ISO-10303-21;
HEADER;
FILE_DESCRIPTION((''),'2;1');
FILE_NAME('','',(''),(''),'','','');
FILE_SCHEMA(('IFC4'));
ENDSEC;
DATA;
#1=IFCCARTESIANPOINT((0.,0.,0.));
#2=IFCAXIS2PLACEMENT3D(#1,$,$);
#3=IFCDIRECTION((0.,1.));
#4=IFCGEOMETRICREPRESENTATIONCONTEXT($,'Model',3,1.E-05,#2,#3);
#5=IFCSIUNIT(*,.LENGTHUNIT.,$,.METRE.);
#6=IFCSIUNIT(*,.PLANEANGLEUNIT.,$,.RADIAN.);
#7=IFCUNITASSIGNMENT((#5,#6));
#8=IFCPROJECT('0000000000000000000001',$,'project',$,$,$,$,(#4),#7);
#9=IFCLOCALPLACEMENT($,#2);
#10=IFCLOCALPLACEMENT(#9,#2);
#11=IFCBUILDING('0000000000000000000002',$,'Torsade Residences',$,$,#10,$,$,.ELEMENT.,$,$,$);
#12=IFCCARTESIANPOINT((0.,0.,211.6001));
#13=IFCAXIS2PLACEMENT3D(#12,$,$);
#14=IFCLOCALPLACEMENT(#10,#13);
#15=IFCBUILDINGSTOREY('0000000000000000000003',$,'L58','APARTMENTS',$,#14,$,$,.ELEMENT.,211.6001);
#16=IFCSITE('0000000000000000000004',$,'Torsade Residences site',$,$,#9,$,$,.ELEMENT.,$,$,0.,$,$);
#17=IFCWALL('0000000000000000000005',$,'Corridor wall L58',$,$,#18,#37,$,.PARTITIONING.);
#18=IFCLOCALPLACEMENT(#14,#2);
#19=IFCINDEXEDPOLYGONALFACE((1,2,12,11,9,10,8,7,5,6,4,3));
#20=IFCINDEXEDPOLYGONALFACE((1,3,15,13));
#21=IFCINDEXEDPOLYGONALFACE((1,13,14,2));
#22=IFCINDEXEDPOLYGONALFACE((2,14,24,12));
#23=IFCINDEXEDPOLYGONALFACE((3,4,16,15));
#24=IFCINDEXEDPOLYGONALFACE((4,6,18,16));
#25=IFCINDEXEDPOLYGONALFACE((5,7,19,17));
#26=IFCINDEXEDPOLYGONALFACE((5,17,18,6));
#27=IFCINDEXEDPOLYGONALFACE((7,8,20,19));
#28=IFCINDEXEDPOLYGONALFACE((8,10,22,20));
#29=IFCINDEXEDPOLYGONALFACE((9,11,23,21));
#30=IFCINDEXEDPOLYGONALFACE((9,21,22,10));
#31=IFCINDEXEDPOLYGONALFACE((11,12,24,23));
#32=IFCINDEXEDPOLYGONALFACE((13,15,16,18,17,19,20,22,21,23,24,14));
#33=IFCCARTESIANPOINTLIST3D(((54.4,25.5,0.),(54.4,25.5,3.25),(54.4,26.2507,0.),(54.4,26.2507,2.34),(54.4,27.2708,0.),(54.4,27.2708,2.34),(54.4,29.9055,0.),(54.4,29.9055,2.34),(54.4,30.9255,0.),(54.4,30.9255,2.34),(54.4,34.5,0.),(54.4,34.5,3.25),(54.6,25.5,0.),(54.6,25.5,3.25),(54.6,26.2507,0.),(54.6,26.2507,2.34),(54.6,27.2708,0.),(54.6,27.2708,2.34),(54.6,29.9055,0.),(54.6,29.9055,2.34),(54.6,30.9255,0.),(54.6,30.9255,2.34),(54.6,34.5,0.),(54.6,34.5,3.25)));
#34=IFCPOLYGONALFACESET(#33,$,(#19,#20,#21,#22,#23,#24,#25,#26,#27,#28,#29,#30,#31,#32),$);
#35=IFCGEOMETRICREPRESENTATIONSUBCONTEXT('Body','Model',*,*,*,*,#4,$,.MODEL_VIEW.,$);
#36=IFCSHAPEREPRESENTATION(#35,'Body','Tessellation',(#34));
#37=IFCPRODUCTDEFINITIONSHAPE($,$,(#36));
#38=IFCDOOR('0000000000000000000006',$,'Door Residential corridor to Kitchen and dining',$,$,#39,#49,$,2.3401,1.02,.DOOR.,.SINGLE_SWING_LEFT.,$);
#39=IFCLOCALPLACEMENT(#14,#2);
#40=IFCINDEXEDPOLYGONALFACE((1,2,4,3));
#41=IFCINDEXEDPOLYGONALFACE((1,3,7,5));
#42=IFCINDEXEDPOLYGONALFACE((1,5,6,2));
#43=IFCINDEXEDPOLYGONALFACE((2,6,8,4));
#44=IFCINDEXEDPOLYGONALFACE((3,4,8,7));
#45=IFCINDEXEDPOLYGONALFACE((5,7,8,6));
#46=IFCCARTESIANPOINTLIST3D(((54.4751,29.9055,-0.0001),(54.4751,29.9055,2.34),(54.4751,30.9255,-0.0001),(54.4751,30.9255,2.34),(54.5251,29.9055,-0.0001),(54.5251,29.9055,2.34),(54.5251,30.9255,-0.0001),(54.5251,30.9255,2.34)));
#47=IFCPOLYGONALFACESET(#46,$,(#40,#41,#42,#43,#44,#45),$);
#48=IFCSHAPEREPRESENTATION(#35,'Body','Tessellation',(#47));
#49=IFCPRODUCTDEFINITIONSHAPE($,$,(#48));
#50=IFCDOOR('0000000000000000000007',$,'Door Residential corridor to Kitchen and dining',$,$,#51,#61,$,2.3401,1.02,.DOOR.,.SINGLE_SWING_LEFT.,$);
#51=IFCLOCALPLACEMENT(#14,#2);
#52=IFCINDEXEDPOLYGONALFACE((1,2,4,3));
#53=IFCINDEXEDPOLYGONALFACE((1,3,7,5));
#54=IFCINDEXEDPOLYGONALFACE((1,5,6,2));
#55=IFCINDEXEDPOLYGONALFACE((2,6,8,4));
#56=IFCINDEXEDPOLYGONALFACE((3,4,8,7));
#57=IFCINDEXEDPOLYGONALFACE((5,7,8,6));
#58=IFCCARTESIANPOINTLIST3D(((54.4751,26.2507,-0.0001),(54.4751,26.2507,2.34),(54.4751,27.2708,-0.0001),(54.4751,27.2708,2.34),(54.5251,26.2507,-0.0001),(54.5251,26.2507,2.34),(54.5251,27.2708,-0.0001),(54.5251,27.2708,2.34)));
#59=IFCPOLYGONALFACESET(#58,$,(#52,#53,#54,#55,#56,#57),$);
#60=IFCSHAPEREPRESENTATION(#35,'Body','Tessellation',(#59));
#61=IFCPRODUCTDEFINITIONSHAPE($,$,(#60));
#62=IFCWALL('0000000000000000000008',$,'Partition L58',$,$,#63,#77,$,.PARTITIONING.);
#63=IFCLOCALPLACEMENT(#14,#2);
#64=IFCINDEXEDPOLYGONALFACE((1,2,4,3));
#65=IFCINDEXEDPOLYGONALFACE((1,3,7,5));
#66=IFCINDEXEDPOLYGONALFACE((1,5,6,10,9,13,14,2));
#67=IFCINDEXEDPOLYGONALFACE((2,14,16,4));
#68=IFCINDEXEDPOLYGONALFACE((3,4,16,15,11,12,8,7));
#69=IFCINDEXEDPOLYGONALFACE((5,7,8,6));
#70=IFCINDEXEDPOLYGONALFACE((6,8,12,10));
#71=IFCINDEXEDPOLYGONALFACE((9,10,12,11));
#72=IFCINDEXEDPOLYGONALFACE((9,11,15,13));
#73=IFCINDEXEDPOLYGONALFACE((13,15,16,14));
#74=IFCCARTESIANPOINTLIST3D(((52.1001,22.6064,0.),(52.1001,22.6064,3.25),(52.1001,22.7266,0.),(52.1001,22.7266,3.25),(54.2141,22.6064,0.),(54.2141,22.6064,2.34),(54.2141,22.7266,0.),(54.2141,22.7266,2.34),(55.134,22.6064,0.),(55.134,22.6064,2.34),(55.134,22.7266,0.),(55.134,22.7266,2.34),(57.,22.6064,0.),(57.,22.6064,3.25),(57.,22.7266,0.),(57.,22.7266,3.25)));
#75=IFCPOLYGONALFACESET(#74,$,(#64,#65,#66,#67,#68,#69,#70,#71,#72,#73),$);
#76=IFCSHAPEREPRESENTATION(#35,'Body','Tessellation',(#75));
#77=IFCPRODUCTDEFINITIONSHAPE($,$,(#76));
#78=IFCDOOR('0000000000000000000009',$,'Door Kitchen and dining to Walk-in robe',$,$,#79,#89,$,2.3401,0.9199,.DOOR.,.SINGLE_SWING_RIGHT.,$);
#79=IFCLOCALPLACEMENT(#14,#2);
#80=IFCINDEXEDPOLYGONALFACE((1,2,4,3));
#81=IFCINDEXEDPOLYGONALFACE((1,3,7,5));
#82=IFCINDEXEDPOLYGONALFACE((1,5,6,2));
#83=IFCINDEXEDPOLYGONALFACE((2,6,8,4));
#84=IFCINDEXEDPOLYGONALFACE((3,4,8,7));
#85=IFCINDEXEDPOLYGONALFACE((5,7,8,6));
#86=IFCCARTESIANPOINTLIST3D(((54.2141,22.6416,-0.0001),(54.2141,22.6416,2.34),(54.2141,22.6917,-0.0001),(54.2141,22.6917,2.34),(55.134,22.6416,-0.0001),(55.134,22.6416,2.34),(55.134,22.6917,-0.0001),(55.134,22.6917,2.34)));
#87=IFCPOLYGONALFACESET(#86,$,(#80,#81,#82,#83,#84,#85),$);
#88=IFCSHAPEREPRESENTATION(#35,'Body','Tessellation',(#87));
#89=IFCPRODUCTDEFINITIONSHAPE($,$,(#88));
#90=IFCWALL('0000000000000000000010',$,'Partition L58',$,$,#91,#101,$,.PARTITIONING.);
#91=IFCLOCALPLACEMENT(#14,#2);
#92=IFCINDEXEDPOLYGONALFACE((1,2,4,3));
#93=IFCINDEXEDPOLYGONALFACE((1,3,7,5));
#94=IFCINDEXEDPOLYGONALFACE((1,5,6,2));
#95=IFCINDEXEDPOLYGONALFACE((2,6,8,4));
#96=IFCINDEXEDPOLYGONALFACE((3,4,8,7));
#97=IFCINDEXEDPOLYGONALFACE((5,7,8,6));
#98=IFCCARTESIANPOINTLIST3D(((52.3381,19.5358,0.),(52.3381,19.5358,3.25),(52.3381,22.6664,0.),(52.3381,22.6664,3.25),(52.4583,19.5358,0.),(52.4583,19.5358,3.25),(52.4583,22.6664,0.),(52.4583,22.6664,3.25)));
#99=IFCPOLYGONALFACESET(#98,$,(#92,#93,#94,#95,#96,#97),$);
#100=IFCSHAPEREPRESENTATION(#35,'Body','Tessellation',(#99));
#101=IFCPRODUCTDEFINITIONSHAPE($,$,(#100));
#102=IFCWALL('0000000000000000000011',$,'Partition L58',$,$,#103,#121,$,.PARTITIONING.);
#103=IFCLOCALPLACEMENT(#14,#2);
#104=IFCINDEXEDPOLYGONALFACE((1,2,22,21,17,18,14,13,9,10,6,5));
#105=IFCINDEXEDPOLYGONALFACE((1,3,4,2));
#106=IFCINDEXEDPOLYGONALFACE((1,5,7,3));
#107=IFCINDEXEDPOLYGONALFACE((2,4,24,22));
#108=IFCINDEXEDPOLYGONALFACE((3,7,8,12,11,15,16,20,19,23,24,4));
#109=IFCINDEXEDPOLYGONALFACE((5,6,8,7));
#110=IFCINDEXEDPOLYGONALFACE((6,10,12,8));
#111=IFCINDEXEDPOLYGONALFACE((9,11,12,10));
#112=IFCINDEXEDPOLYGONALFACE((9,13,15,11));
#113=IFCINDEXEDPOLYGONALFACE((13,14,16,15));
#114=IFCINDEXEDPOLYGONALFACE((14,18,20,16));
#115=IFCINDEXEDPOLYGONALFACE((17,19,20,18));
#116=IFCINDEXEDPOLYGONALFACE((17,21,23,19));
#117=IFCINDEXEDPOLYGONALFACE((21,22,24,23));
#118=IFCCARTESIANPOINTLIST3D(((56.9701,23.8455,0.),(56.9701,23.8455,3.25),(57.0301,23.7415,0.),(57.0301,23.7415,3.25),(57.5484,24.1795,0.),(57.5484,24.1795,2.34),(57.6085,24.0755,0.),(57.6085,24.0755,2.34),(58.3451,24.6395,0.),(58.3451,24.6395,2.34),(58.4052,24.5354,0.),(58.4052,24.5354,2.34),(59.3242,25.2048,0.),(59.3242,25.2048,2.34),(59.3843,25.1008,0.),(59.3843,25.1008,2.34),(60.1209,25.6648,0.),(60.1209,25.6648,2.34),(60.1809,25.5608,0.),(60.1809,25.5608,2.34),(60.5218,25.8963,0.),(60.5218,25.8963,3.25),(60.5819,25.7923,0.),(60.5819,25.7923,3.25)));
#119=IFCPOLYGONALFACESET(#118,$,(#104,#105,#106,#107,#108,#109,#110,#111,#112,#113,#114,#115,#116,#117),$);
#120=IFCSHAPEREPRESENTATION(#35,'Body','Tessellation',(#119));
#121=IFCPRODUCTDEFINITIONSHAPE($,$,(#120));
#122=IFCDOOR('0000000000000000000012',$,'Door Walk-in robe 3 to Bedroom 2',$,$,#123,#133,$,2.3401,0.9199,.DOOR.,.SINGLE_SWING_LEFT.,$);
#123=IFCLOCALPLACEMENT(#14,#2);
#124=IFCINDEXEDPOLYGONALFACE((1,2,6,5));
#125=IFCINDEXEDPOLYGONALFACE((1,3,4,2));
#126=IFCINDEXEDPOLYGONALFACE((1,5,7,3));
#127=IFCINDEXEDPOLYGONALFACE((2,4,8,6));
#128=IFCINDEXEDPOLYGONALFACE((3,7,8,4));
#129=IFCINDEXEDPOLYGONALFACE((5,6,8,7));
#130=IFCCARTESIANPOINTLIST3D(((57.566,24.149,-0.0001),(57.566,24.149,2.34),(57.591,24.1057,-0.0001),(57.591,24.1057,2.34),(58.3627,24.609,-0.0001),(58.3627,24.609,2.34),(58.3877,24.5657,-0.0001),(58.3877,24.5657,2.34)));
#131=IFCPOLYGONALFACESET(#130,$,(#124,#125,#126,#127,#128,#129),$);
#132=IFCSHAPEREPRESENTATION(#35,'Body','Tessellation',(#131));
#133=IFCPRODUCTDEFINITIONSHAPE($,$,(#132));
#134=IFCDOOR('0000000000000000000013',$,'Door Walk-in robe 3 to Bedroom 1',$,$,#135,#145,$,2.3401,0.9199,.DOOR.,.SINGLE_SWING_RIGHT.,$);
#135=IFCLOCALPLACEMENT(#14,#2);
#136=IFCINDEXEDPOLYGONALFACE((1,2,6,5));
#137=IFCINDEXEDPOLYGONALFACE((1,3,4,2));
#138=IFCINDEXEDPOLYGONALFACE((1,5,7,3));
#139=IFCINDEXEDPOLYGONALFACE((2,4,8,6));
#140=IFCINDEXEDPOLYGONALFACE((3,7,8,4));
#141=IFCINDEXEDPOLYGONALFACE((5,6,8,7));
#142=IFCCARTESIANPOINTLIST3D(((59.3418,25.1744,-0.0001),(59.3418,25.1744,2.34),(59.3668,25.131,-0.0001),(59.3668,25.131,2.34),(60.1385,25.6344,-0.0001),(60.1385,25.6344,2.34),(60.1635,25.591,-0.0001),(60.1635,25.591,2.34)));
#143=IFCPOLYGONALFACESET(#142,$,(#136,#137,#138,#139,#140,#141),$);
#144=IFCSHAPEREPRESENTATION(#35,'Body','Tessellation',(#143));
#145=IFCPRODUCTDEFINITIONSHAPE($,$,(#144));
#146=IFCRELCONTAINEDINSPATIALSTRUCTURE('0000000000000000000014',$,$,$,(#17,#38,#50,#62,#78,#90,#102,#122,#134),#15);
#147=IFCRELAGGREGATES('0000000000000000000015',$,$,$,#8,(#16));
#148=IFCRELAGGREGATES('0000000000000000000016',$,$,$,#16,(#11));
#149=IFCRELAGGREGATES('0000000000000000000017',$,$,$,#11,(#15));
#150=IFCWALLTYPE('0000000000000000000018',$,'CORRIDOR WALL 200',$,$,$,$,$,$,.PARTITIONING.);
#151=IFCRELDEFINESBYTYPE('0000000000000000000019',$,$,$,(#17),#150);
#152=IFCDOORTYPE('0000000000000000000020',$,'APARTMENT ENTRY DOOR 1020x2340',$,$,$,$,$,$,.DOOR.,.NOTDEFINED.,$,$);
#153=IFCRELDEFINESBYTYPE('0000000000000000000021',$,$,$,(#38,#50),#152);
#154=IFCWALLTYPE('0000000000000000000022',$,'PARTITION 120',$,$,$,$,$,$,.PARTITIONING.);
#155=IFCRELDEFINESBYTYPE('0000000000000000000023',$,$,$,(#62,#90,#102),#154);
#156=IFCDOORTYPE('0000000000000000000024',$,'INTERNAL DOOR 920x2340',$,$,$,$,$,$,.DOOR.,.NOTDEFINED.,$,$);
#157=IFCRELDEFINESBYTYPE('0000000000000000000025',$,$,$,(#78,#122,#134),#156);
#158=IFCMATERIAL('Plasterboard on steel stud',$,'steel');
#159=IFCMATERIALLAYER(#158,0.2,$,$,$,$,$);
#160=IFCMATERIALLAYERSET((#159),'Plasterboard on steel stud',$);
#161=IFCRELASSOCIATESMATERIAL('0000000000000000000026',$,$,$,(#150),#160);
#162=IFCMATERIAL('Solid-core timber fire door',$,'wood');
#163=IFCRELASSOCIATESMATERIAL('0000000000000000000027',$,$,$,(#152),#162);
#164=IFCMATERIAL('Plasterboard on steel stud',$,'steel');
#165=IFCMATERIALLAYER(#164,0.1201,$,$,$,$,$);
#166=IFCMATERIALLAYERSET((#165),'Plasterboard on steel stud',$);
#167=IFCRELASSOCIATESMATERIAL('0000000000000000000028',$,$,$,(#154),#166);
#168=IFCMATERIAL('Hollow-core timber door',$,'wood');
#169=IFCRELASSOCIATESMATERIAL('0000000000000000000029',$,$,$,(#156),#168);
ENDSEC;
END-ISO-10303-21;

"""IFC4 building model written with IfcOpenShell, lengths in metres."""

from ifc_helpers import new_model, si_unit, direction, frame, frame_2d, origin, place, context, subcontext, project, spatial, rectangle, extrude, material, layer, layer_set, type_object, element, fill, save


model = new_model("IFC4")

# Units and contexts
model_context = context("Model", 3, precision=1e-05, world=origin(), true_north=direction((0.0, 1.0)))
body_context = subcontext(model_context, "Body", "Model", "MODEL_VIEW")
ifc_project = project(units=[si_unit("LENGTHUNIT", "METRE"), si_unit("PLANEANGLEUNIT", "RADIAN")], contexts=[model_context])

# Site, building, storey
site_placement = place(None, origin())
site = spatial("IfcSite", under=ifc_project, at=site_placement, Name="Torsade Residences site", CompositionType="ELEMENT", RefElevation=0.0)
building_placement = place(site_placement, origin())
building = spatial("IfcBuilding", under=site, at=building_placement, Name="Torsade Residences", CompositionType="ELEMENT")
storey_placement = place(building_placement, frame((0.0, 0.0, 211.6001)))
storey = spatial("IfcBuildingStorey", under=building, at=storey_placement, Name="L58", Description="APARTMENTS", CompositionType="ELEMENT", Elevation=211.6001)

# Wall, openings, doors
ifc_material_1 = material(Name="Plasterboard on steel stud", Category="steel")
ifc_layer_1 = layer(ifc_material_1, 0.2)
ifc_layer_set_1 = layer_set([ifc_layer_1], Name="Plasterboard on steel stud")
wall_type_1 = type_object("IfcWallType", Name="CORRIDOR WALL 200", PredefinedType="PARTITIONING", material=ifc_layer_set_1)
wall_1_placement = place(storey_placement, frame((54.5, 25.5, 0.0), z_axis=(0.0, 0.0, 1.0), x_axis=(0.0, 1.0, 0.0)))
wall_1 = element("IfcWall", 1, at=wall_1_placement, inside=storey, type_object=wall_type_1, Name="Corridor wall L58", PredefinedType="PARTITIONING", context=body_context, shape_type="SweptSolid", body=[
    extrude(rectangle(XDim=9.0, YDim=0.2, at=frame_2d((4.5, 0.0))), origin(), (0.0, 0.0, 1.0), 3.25),
])
opening_1_placement = place(wall_1_placement, frame((4.4055, 0.0, 0.0)))
opening_1 = element("IfcOpeningElement", 2, at=opening_1_placement, cuts=wall_1, PredefinedType="OPENING", context=body_context, shape_type="SweptSolid", body=[
    extrude(rectangle(XDim=1.02, YDim=2.3401, at=frame_2d((0.51, 1.1699))), frame((0.0, 0.1099, 0.0), z_axis=(0.0, -1.0, 0.0), x_axis=(1.0, 0.0, 0.0)), (0.0, 0.0, 1.0), 0.22),
])
opening_2_placement = place(wall_1_placement, frame((0.7507, 0.0, 0.0)))
opening_2 = element("IfcOpeningElement", 3, at=opening_2_placement, cuts=wall_1, PredefinedType="OPENING", context=body_context, shape_type="SweptSolid", body=[
    extrude(rectangle(XDim=1.02, YDim=2.3401, at=frame_2d((0.51, 1.1699))), frame((0.0, 0.1099, 0.0), z_axis=(0.0, -1.0, 0.0), x_axis=(1.0, 0.0, 0.0)), (0.0, 0.0, 1.0), 0.22),
])
ifc_material_2 = material(Name="Solid-core timber fire door", Category="wood")
door_type_1 = type_object("IfcDoorType", Name="APARTMENT ENTRY DOOR 1020x2340", OperationType="NOTDEFINED", PredefinedType="DOOR", material=ifc_material_2)
door_1_placement = place(opening_1_placement, origin())
door_1 = element("IfcDoor", 4, at=door_1_placement, inside=storey, type_object=door_type_1, Name="Door Residential corridor to Kitchen and dining", OperationType="SINGLE_SWING_LEFT", OverallHeight=2.3401, OverallWidth=1.02, PredefinedType="DOOR", context=body_context, shape_type="SweptSolid", body=[
    extrude(rectangle(XDim=1.02, YDim=2.3401, at=frame_2d((0.51, 1.1699))), frame((0.0, 0.0249, 0.0), z_axis=(0.0, -1.0, 0.0), x_axis=(1.0, 0.0, 0.0)), (0.0, 0.0, 1.0), 0.05),
])
fill(opening_1, door_1)
door_2_placement = place(opening_2_placement, origin())
door_2 = element("IfcDoor", 5, at=door_2_placement, inside=storey, type_object=door_type_1, Name="Door Residential corridor to Kitchen and dining", OperationType="SINGLE_SWING_LEFT", OverallHeight=2.3401, OverallWidth=1.02, PredefinedType="DOOR", context=body_context, shape_type="SweptSolid", body=[
    extrude(rectangle(XDim=1.02, YDim=2.3401, at=frame_2d((0.51, 1.1699))), frame((0.0, 0.0249, 0.0), z_axis=(0.0, -1.0, 0.0), x_axis=(1.0, 0.0, 0.0)), (0.0, 0.0, 1.0), 0.05),
])
fill(opening_2, door_2)

# Wall, opening, door
ifc_material_3 = material(Name="Plasterboard on steel stud", Category="steel")
ifc_layer_2 = layer(ifc_material_3, 0.1201)
ifc_layer_set_2 = layer_set([ifc_layer_2], Name="Plasterboard on steel stud")
wall_type_2 = type_object("IfcWallType", Name="PARTITION 120", PredefinedType="PARTITIONING", material=ifc_layer_set_2)
wall_2_placement = place(storey_placement, frame((57.0, 22.6665, 0.0), z_axis=(0.0, 0.0, 1.0), x_axis=(-1.0, 0.0, 0.0)))
wall_2 = element("IfcWall", 6, at=wall_2_placement, inside=storey, type_object=wall_type_2, Name="Partition L58", PredefinedType="PARTITIONING", context=body_context, shape_type="SweptSolid", body=[
    extrude(rectangle(XDim=4.8999, YDim=0.1201, at=frame_2d((2.45, 0.0))), origin(), (0.0, 0.0, 1.0), 3.25),
])
opening_3_placement = place(wall_2_placement, frame((1.866, 0.0, 0.0)))
opening_3 = element("IfcOpeningElement", 7, at=opening_3_placement, cuts=wall_2, PredefinedType="OPENING", context=body_context, shape_type="SweptSolid", body=[
    extrude(rectangle(XDim=0.9199, YDim=2.3401, at=frame_2d((0.46, 1.1699))), frame((0.0, 0.0701, 0.0), z_axis=(0.0, -1.0, 0.0), x_axis=(1.0, 0.0, 0.0)), (0.0, 0.0, 1.0), 0.1401),
])
ifc_material_4 = material(Name="Hollow-core timber door", Category="wood")
door_type_2 = type_object("IfcDoorType", Name="INTERNAL DOOR 920x2340", OperationType="NOTDEFINED", PredefinedType="DOOR", material=ifc_material_4)
door_3_placement = place(opening_3_placement, origin())
door_3 = element("IfcDoor", 8, at=door_3_placement, inside=storey, type_object=door_type_2, Name="Door Kitchen and dining to Walk-in robe", OperationType="SINGLE_SWING_RIGHT", OverallHeight=2.3401, OverallWidth=0.9199, PredefinedType="DOOR", context=body_context, shape_type="SweptSolid", body=[
    extrude(rectangle(XDim=0.9199, YDim=2.3401, at=frame_2d((0.46, 1.1699))), frame((0.0, 0.0249, 0.0), z_axis=(0.0, -1.0, 0.0), x_axis=(1.0, 0.0, 0.0)), (0.0, 0.0, 1.0), 0.05),
])
fill(opening_3, door_3)

# Wall
wall_3_placement = place(storey_placement, frame((52.3982, 22.6665, 0.0), z_axis=(0.0, 0.0, 1.0), x_axis=(0.0, -1.0, 0.0)))
element("IfcWall", 9, at=wall_3_placement, inside=storey, type_object=wall_type_2, Name="Partition L58", PredefinedType="PARTITIONING", context=body_context, shape_type="SweptSolid", body=[
    extrude(rectangle(XDim=3.1306, YDim=0.1201, at=frame_2d((1.5654, 0.0))), origin(), (0.0, 0.0, 1.0), 3.25),
])

# Wall, openings, doors
wall_4_placement = place(storey_placement, frame((57.0, 23.7935, 0.0), z_axis=(0.0, 0.0, 1.0), x_axis=(0.866007, 0.500032, 0.0)))
wall_4 = element("IfcWall", 10, at=wall_4_placement, inside=storey, type_object=wall_type_2, Name="Partition L58", PredefinedType="PARTITIONING", context=body_context, shape_type="SweptSolid", body=[
    extrude(rectangle(XDim=4.1013, YDim=0.1201, at=frame_2d((2.0508, 0.0))), origin(), (0.0, 0.0, 1.0), 3.25),
])
opening_4_placement = place(wall_4_placement, frame((0.668, 0.0, 0.0)))
opening_4 = element("IfcOpeningElement", 11, at=opening_4_placement, cuts=wall_4, PredefinedType="OPENING", context=body_context, shape_type="SweptSolid", body=[
    extrude(rectangle(XDim=0.9199, YDim=2.3401, at=frame_2d((0.46, 1.1699))), frame((0.0, 0.0701, 0.0), z_axis=(0.0, -1.0, 0.0), x_axis=(1.0, 0.0, 0.0)), (0.0, 0.0, 1.0), 0.1401),
])
opening_5_placement = place(wall_4_placement, frame((2.7185, 0.0, 0.0)))
opening_5 = element("IfcOpeningElement", 12, at=opening_5_placement, cuts=wall_4, PredefinedType="OPENING", context=body_context, shape_type="SweptSolid", body=[
    extrude(rectangle(XDim=0.9199, YDim=2.3401, at=frame_2d((0.46, 1.1699))), frame((0.0, 0.0701, 0.0), z_axis=(0.0, -1.0, 0.0), x_axis=(1.0, 0.0, 0.0)), (0.0, 0.0, 1.0), 0.1401),
])
door_4_placement = place(opening_4_placement, origin())
door_4 = element("IfcDoor", 13, at=door_4_placement, inside=storey, type_object=door_type_2, Name="Door Walk-in robe 3 to Bedroom 2", OperationType="SINGLE_SWING_LEFT", OverallHeight=2.3401, OverallWidth=0.9199, PredefinedType="DOOR", context=body_context, shape_type="SweptSolid", body=[
    extrude(rectangle(XDim=0.9199, YDim=2.3401, at=frame_2d((0.46, 1.1699))), frame((0.0, 0.0249, 0.0), z_axis=(0.0, -1.0, 0.0), x_axis=(1.0, 0.0, 0.0)), (0.0, 0.0, 1.0), 0.05),
])
fill(opening_4, door_4)
door_5_placement = place(opening_5_placement, origin())
door_5 = element("IfcDoor", 14, at=door_5_placement, inside=storey, type_object=door_type_2, Name="Door Walk-in robe 3 to Bedroom 1", OperationType="SINGLE_SWING_RIGHT", OverallHeight=2.3401, OverallWidth=0.9199, PredefinedType="DOOR", context=body_context, shape_type="SweptSolid", body=[
    extrude(rectangle(XDim=0.9199, YDim=2.3401, at=frame_2d((0.46, 1.1699))), frame((0.0, 0.0249, 0.0), z_axis=(0.0, -1.0, 0.0), x_axis=(1.0, 0.0, 0.0)), (0.0, 0.0, 1.0), 0.05),
])
fill(opening_5, door_5)

save(model, "model.ifc")
